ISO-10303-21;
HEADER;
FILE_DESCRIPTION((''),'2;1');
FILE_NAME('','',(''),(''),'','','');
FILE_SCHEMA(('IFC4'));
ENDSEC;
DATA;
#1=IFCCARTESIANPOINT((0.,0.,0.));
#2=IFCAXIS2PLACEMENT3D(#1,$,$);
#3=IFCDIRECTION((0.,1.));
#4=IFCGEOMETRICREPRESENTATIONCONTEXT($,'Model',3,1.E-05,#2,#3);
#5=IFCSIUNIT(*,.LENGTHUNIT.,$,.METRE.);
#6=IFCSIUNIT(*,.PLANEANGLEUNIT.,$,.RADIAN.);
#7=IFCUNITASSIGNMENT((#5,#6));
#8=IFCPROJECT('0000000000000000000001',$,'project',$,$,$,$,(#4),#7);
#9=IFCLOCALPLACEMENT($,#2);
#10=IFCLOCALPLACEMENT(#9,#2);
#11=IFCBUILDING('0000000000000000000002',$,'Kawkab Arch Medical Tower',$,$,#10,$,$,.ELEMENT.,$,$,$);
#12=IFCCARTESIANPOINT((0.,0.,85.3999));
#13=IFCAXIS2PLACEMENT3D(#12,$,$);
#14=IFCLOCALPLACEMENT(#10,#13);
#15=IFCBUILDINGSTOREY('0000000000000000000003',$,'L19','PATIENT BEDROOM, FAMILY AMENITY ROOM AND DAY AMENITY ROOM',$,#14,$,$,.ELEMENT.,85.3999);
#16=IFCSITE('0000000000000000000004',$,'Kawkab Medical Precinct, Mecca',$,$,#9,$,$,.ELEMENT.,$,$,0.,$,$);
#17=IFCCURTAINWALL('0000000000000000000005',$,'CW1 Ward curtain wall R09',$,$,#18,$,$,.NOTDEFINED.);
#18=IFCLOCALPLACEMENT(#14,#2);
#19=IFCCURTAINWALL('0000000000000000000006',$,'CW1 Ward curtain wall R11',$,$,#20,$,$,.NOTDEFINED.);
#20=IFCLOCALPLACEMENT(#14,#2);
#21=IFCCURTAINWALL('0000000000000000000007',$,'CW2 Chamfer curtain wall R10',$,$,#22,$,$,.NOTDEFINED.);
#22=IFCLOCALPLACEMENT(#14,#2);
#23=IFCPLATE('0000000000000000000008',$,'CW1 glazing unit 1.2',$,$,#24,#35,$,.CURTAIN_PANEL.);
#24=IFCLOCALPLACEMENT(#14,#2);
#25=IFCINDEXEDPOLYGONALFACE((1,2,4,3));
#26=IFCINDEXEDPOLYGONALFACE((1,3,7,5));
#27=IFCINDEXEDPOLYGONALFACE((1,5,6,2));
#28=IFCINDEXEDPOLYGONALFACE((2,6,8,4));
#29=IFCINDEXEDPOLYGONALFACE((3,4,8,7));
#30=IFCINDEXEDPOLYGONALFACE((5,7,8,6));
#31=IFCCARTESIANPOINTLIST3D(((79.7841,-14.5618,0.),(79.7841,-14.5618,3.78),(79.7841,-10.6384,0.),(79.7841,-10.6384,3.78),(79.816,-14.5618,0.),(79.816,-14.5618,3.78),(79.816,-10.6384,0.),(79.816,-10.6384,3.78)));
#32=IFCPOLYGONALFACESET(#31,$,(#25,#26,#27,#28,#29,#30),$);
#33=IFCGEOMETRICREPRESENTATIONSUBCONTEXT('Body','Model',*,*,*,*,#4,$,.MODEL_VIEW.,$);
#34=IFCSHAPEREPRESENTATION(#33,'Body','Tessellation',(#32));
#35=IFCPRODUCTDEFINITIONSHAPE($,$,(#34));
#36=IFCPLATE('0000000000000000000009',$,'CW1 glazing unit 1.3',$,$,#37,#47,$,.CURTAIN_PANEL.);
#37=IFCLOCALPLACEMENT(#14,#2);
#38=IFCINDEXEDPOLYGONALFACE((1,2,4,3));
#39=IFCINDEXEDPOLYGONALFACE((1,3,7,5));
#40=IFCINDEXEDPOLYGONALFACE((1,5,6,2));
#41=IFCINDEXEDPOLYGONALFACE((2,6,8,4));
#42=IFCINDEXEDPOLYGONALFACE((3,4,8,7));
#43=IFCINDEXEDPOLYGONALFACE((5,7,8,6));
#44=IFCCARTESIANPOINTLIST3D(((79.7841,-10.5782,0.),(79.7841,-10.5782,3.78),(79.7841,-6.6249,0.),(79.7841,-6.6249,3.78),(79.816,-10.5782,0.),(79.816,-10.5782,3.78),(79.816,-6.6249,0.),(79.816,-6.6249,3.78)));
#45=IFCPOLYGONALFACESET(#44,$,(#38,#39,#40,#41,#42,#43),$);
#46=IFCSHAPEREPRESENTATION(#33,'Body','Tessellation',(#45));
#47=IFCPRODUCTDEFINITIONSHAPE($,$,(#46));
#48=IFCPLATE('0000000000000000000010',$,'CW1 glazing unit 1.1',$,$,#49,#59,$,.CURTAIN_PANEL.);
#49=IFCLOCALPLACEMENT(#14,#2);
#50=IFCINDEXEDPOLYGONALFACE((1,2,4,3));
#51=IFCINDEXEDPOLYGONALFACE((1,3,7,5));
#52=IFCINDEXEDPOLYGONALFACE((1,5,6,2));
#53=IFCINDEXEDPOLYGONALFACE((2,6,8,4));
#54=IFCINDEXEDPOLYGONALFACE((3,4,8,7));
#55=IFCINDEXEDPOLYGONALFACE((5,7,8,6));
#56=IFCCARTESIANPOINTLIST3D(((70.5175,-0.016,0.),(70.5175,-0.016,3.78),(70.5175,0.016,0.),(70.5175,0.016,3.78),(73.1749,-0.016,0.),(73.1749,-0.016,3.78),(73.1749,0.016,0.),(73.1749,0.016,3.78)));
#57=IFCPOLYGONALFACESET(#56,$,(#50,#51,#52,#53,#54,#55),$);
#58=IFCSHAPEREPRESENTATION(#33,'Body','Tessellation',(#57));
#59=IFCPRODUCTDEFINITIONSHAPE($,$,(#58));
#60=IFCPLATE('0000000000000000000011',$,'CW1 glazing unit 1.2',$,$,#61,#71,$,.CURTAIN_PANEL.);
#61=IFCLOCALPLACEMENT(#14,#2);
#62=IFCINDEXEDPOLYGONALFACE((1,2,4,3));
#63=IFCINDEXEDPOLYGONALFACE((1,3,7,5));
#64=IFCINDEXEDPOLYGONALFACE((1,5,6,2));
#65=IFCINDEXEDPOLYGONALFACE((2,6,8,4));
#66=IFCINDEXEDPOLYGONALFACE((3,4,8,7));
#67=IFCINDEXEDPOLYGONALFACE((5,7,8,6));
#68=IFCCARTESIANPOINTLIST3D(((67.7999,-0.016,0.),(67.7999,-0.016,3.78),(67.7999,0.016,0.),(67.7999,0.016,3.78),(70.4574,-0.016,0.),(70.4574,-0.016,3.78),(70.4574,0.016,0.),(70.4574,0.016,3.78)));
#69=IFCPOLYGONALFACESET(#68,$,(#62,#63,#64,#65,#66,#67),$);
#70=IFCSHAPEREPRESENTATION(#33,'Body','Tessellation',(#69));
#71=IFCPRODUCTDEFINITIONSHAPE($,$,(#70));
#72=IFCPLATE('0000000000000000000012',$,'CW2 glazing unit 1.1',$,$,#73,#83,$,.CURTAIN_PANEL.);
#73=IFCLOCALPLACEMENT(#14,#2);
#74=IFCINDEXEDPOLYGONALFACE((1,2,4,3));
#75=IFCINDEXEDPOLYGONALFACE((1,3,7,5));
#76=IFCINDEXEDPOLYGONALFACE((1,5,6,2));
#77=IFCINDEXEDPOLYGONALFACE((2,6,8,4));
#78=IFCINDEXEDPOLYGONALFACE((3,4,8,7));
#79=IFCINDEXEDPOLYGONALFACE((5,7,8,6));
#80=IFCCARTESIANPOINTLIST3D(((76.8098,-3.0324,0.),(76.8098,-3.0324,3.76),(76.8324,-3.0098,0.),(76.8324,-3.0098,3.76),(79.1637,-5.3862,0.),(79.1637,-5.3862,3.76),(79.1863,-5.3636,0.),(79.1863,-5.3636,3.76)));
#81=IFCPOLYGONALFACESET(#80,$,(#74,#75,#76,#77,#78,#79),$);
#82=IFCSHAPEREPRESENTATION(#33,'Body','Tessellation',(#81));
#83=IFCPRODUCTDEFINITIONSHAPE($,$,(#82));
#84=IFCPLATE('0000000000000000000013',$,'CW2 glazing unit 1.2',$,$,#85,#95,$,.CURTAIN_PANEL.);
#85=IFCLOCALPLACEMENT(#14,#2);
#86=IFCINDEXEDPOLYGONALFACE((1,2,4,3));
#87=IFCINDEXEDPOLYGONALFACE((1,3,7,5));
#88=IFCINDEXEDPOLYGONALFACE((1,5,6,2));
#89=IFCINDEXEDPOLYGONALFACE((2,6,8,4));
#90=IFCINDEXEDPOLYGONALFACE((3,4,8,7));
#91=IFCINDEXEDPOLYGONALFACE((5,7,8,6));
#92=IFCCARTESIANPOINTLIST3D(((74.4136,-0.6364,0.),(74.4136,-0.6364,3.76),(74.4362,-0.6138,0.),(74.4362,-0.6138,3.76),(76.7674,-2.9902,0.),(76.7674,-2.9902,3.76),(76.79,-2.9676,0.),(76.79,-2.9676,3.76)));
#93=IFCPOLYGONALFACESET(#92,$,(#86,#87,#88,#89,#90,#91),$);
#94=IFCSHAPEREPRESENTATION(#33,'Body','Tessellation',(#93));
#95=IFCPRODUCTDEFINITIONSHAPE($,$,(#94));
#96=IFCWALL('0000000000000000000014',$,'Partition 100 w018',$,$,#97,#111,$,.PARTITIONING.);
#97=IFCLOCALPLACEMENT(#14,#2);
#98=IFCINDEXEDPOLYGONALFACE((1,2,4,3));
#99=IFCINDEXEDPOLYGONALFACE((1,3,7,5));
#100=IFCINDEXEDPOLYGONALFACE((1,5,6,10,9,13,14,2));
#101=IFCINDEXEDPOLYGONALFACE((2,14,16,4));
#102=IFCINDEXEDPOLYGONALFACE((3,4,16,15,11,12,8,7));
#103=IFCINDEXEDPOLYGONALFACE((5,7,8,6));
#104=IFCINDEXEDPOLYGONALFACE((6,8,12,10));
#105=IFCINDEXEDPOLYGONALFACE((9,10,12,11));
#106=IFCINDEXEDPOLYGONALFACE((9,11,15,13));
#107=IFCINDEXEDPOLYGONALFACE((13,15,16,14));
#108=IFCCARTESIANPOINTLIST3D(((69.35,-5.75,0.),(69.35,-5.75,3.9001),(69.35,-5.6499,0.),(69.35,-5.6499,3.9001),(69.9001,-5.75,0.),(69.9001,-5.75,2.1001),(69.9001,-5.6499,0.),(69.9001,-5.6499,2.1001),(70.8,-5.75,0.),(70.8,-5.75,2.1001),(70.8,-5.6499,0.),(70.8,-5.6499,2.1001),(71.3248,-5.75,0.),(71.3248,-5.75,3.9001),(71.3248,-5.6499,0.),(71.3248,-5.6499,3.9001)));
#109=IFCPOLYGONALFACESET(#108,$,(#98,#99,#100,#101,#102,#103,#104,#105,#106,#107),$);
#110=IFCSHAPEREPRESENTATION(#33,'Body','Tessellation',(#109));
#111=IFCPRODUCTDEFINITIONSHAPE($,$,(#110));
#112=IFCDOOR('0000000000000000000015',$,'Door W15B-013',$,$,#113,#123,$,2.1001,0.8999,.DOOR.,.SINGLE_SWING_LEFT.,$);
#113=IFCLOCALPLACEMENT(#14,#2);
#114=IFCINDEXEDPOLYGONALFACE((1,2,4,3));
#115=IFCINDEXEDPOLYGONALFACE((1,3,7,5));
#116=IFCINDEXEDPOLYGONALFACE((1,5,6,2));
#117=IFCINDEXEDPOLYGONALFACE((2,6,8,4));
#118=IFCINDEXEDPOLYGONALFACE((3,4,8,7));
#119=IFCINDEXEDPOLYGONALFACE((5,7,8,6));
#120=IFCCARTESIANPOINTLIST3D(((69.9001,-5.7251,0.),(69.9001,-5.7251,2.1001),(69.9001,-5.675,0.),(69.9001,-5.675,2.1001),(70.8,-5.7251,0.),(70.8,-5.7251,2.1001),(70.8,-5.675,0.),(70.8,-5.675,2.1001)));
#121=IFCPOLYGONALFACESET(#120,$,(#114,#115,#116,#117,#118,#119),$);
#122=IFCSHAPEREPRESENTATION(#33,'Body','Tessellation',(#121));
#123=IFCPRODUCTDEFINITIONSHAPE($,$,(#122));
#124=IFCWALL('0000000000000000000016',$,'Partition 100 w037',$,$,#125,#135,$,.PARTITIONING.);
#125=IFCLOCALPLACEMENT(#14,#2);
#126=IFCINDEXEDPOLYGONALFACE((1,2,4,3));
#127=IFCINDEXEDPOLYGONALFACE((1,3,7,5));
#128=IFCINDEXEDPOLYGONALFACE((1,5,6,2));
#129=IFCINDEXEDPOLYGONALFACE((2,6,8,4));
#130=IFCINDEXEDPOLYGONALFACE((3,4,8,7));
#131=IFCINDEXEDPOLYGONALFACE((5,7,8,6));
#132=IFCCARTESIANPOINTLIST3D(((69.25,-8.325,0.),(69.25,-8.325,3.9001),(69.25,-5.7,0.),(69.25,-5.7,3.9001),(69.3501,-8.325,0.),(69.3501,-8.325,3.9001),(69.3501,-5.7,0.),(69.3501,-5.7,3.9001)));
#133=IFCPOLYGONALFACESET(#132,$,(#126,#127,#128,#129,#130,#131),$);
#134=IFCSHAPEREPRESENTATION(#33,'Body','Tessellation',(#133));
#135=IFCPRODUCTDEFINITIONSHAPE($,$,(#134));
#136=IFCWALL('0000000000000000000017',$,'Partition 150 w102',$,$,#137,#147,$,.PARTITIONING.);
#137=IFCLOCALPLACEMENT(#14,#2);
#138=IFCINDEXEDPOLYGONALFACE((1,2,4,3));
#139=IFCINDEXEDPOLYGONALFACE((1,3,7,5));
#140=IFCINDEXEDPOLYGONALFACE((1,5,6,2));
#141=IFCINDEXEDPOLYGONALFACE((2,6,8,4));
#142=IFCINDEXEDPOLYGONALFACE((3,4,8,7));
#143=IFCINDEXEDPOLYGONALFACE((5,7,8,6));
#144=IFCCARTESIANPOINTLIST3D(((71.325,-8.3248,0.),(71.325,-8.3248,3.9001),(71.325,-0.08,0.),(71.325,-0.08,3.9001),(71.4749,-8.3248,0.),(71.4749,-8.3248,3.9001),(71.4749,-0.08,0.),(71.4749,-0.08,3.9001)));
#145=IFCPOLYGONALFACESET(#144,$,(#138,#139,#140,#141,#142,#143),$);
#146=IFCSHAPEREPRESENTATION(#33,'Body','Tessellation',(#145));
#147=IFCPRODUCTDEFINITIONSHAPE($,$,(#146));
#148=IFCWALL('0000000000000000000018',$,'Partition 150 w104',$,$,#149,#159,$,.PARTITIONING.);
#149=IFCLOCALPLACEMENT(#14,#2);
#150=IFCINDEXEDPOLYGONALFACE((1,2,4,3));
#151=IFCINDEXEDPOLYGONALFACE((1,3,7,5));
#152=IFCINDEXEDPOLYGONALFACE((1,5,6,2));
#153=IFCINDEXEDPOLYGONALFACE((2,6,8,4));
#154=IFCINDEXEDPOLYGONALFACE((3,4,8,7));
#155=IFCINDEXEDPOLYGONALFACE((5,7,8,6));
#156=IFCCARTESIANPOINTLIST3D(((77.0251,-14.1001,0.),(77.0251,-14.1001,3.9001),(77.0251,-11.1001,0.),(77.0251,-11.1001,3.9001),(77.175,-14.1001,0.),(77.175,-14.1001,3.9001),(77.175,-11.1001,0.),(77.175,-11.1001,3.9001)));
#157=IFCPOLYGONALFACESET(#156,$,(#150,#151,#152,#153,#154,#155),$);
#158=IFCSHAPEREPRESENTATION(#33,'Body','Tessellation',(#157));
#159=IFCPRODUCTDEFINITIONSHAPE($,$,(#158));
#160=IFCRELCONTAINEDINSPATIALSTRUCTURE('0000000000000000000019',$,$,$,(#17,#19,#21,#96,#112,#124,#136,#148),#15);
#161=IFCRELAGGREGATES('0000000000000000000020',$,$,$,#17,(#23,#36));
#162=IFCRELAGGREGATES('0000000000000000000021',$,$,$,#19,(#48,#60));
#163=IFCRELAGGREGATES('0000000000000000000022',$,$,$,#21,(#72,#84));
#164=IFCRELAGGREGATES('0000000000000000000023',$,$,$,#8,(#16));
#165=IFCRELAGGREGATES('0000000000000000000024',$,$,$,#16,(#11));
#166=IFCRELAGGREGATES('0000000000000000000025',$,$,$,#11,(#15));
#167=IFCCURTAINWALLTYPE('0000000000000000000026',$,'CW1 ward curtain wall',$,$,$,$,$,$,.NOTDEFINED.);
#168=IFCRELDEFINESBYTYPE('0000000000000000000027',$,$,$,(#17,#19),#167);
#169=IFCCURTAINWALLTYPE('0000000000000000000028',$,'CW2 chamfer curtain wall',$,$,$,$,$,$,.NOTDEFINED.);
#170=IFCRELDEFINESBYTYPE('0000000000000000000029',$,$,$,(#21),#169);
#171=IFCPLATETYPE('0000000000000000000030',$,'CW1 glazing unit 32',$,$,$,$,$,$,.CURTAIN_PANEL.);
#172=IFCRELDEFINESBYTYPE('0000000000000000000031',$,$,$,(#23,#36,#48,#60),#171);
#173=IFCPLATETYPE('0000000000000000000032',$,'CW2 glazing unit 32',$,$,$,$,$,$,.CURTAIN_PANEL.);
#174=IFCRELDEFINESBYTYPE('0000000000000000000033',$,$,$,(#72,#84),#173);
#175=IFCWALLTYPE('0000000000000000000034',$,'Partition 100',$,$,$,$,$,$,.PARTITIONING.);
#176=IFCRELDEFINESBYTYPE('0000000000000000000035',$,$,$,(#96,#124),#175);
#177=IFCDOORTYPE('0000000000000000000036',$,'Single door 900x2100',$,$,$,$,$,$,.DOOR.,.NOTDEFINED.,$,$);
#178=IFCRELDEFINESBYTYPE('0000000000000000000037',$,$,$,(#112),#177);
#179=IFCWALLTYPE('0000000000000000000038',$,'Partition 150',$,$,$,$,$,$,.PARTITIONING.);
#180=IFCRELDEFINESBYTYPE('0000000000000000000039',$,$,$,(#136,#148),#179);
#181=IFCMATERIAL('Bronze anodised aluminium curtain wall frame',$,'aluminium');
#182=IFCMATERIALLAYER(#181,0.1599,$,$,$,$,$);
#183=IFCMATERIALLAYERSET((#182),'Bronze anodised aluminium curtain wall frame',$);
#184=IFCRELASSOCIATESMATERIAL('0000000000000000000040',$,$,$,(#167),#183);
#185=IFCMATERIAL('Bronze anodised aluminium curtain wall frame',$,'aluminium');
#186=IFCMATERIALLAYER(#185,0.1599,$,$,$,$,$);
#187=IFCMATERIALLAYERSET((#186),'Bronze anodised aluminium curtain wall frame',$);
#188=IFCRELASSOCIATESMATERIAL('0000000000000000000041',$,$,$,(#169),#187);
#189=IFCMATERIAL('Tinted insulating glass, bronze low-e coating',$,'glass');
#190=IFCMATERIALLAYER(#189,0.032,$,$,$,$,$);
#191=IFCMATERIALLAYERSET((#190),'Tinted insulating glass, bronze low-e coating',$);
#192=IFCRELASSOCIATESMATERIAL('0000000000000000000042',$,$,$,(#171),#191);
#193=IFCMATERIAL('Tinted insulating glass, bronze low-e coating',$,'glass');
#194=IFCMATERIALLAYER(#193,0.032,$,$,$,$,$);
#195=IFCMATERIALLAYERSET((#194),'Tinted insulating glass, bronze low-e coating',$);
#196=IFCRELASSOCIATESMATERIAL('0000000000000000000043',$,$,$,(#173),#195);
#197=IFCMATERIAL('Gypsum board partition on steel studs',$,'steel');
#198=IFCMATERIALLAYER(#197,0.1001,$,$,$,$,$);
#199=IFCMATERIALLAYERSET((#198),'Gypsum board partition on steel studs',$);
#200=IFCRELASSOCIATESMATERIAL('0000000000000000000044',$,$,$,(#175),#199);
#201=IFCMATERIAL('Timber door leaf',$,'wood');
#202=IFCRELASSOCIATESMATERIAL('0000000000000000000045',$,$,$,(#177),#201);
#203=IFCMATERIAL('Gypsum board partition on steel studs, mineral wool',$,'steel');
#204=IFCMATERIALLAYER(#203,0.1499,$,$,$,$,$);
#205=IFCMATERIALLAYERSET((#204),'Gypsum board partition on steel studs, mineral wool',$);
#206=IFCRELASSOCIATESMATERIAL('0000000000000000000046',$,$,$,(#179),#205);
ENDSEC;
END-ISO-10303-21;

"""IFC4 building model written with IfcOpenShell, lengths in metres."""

from ifc_helpers import new_model, si_unit, direction, frame, frame_2d, origin, origin_2d, place, context, subcontext, project, spatial, rectangle, extrude, material, layer, layer_set, type_object, element, fill, aggregate, save


model = new_model("IFC4")

# Units and contexts
model_context = context("Model", 3, precision=1e-05, world=origin(), true_north=direction((0.0, 1.0)))
body_context = subcontext(model_context, "Body", "Model", "MODEL_VIEW")
ifc_project = project(units=[si_unit("LENGTHUNIT", "METRE"), si_unit("PLANEANGLEUNIT", "RADIAN")], contexts=[model_context])

# Site, building, storey
site_placement = place(None, origin())
site = spatial("IfcSite", under=ifc_project, at=site_placement, Name="Kawkab Medical Precinct, Mecca", CompositionType="ELEMENT", RefElevation=0.0)
building_placement = place(site_placement, origin())
building = spatial("IfcBuilding", under=site, at=building_placement, Name="Kawkab Arch Medical Tower", CompositionType="ELEMENT")
storey_placement = place(building_placement, frame((0.0, 0.0, 85.3999)))
storey = spatial("IfcBuildingStorey", under=building, at=storey_placement, Name="L19", Description="PATIENT BEDROOM, FAMILY AMENITY ROOM AND DAY AMENITY ROOM", CompositionType="ELEMENT", Elevation=85.3999)

# Curtain walls
ifc_material_1 = material(Name="Bronze anodised aluminium curtain wall frame", Category="aluminium")
ifc_layer_1 = layer(ifc_material_1, 0.1599)
ifc_layer_set_1 = layer_set([ifc_layer_1], Name="Bronze anodised aluminium curtain wall frame")
curtain_wall_type_1 = type_object("IfcCurtainWallType", Name="CW1 ward curtain wall", PredefinedType="NOTDEFINED", material=ifc_layer_set_1)
placement = place(storey_placement, origin())
curtain_wall_1 = element("IfcCurtainWall", 1, at=placement, inside=storey, type_object=curtain_wall_type_1, Name="CW1 Ward curtain wall R09", PredefinedType="NOTDEFINED")
curtain_wall_2 = element("IfcCurtainWall", 2, at=placement, inside=storey, type_object=curtain_wall_type_1, Name="CW1 Ward curtain wall R11", PredefinedType="NOTDEFINED")
ifc_material_2 = material(Name="Bronze anodised aluminium curtain wall frame", Category="aluminium")
ifc_layer_2 = layer(ifc_material_2, 0.1599)
ifc_layer_set_2 = layer_set([ifc_layer_2], Name="Bronze anodised aluminium curtain wall frame")
curtain_wall_type_2 = type_object("IfcCurtainWallType", Name="CW2 chamfer curtain wall", PredefinedType="NOTDEFINED", material=ifc_layer_set_2)
curtain_wall_3 = element("IfcCurtainWall", 3, at=placement, inside=storey, type_object=curtain_wall_type_2, Name="CW2 Chamfer curtain wall R10", PredefinedType="NOTDEFINED")

# Plates
ifc_material_3 = material(Name="Tinted insulating glass, bronze low-e coating", Category="glass")
ifc_layer_3 = layer(ifc_material_3, 0.032)
ifc_layer_set_3 = layer_set([ifc_layer_3], Name="Tinted insulating glass, bronze low-e coating")
plate_type_1 = type_object("IfcPlateType", Name="CW1 glazing unit 32", PredefinedType="CURTAIN_PANEL", material=ifc_layer_set_3)
plate_1_placement = place(storey_placement, frame((79.8, -12.6001, 0.0), z_axis=(0.0, 0.0, 1.0), x_axis=(0.0, 1.0, 0.0)))
plate_1 = element("IfcPlate", 4, at=plate_1_placement, type_object=plate_type_1, Name="CW1 glazing unit 1.2", PredefinedType="CURTAIN_PANEL", context=body_context, shape_type="SweptSolid", body=[
    extrude(rectangle(XDim=3.9233, YDim=0.032, at=origin_2d()), origin(), (0.0, 0.0, 1.0), 3.78),
])
plate_2_placement = place(storey_placement, frame((79.8, -8.6016, 0.0), z_axis=(0.0, 0.0, 1.0), x_axis=(0.0, 1.0, 0.0)))
plate_2 = element("IfcPlate", 5, at=plate_2_placement, type_object=plate_type_1, Name="CW1 glazing unit 1.3", PredefinedType="CURTAIN_PANEL", context=body_context, shape_type="SweptSolid", body=[
    extrude(rectangle(XDim=3.9534, YDim=0.032, at=origin_2d()), origin(), (0.0, 0.0, 1.0), 3.78),
])
aggregate(curtain_wall_1, [plate_1, plate_2])
plate_3_placement = place(storey_placement, frame((71.8462, 0.0, 0.0), z_axis=(0.0, 0.0, 1.0), x_axis=(-1.0, 0.0, 0.0)))
plate_3 = element("IfcPlate", 6, at=plate_3_placement, type_object=plate_type_1, Name="CW1 glazing unit 1.1", PredefinedType="CURTAIN_PANEL", context=body_context, shape_type="SweptSolid", body=[
    extrude(rectangle(XDim=2.6575, YDim=0.032, at=origin_2d()), origin(), (0.0, 0.0, 1.0), 3.78),
])
plate_4_placement = place(storey_placement, frame((69.1287, 0.0, 0.0), z_axis=(0.0, 0.0, 1.0), x_axis=(-1.0, 0.0, 0.0)))
plate_4 = element("IfcPlate", 7, at=plate_4_placement, type_object=plate_type_1, Name="CW1 glazing unit 1.2", PredefinedType="CURTAIN_PANEL", context=body_context, shape_type="SweptSolid", body=[
    extrude(rectangle(XDim=2.6575, YDim=0.032, at=origin_2d()), origin(), (0.0, 0.0, 1.0), 3.78),
])
aggregate(curtain_wall_2, [plate_3, plate_4])
ifc_material_4 = material(Name="Tinted insulating glass, bronze low-e coating", Category="glass")
ifc_layer_4 = layer(ifc_material_4, 0.032)
ifc_layer_set_4 = layer_set([ifc_layer_4], Name="Tinted insulating glass, bronze low-e coating")
plate_type_2 = type_object("IfcPlateType", Name="CW2 glazing unit 32", PredefinedType="CURTAIN_PANEL", material=ifc_layer_set_4)
plate_5_placement = place(storey_placement, frame((77.998, -4.198, 0.0), z_axis=(0.0, 0.0, 1.0), x_axis=(-0.707107, 0.707107, 0.0)))
plate_5 = element("IfcPlate", 8, at=plate_5_placement, type_object=plate_type_2, Name="CW2 glazing unit 1.1", PredefinedType="CURTAIN_PANEL", context=body_context, shape_type="SweptSolid", body=[
    extrude(rectangle(XDim=3.3289, YDim=0.032, at=origin_2d()), origin(), (0.0, 0.0, 1.0), 3.76),
])
plate_6_placement = place(storey_placement, frame((75.6018, -1.802, 0.0), z_axis=(0.0, 0.0, 1.0), x_axis=(-0.707107, 0.707107, 0.0)))
plate_6 = element("IfcPlate", 9, at=plate_6_placement, type_object=plate_type_2, Name="CW2 glazing unit 1.2", PredefinedType="CURTAIN_PANEL", context=body_context, shape_type="SweptSolid", body=[
    extrude(rectangle(XDim=3.3289, YDim=0.032, at=origin_2d()), origin(), (0.0, 0.0, 1.0), 3.76),
])
aggregate(curtain_wall_3, [plate_5, plate_6])

# Wall, opening, door
ifc_material_5 = material(Name="Gypsum board partition on steel studs", Category="steel")
ifc_layer_5 = layer(ifc_material_5, 0.1001)
ifc_layer_set_5 = layer_set([ifc_layer_5], Name="Gypsum board partition on steel studs")
wall_type_1 = type_object("IfcWallType", Name="Partition 100", PredefinedType="PARTITIONING", material=ifc_layer_set_5)
wall_1_placement = place(storey_placement, frame((69.3501, -5.7, 0.0), z_axis=(0.0, 0.0, 1.0), x_axis=(1.0, 0.0, 0.0)))
wall_1 = element("IfcWall", 10, at=wall_1_placement, inside=storey, type_object=wall_type_1, Name="Partition 100 w018", PredefinedType="PARTITIONING", context=body_context, shape_type="SweptSolid", body=[
    extrude(rectangle(XDim=1.9749, YDim=0.1001, at=frame_2d((0.9873, 0.0))), origin(), (0.0, 0.0, 1.0), 3.9001),
])
opening_placement = place(wall_1_placement, frame((0.55, 0.0, 0.0)))
opening = element("IfcOpeningElement", 11, at=opening_placement, cuts=wall_1, PredefinedType="OPENING", context=body_context, shape_type="SweptSolid", body=[
    extrude(rectangle(XDim=0.8999, YDim=2.1001, at=frame_2d((0.45, 1.05))), frame((0.0, 0.0601, 0.0), z_axis=(0.0, -1.0, 0.0), x_axis=(1.0, 0.0, 0.0)), (0.0, 0.0, 1.0), 0.1201),
])
ifc_material_6 = material(Name="Timber door leaf", Category="wood")
door_type = type_object("IfcDoorType", Name="Single door 900x2100", OperationType="NOTDEFINED", PredefinedType="DOOR", material=ifc_material_6)
door_placement = place(opening_placement, origin())
door = element("IfcDoor", 12, at=door_placement, inside=storey, type_object=door_type, Name="Door W15B-013", OperationType="SINGLE_SWING_LEFT", OverallHeight=2.1001, OverallWidth=0.8999, PredefinedType="DOOR", context=body_context, shape_type="SweptSolid", body=[
    extrude(rectangle(XDim=0.8999, YDim=2.1001, at=frame_2d((0.45, 1.05))), frame((0.0, 0.0249, 0.0), z_axis=(0.0, -1.0, 0.0), x_axis=(1.0, 0.0, 0.0)), (0.0, 0.0, 1.0), 0.05),
])
fill(opening, door)

# Walls
wall_2_placement = place(storey_placement, frame((69.3, -8.325, 0.0), z_axis=(0.0, 0.0, 1.0), x_axis=(0.0, 1.0, 0.0)))
element("IfcWall", 13, at=wall_2_placement, inside=storey, type_object=wall_type_1, Name="Partition 100 w037", PredefinedType="PARTITIONING", context=body_context, shape_type="SweptSolid", body=[
    extrude(rectangle(XDim=2.625, YDim=0.1001, at=frame_2d((1.3125, 0.0))), origin(), (0.0, 0.0, 1.0), 3.9001),
])
ifc_material_7 = material(Name="Gypsum board partition on steel studs, mineral wool", Category="steel")
ifc_layer_6 = layer(ifc_material_7, 0.1499)
ifc_layer_set_6 = layer_set([ifc_layer_6], Name="Gypsum board partition on steel studs, mineral wool")
wall_type_2 = type_object("IfcWallType", Name="Partition 150", PredefinedType="PARTITIONING", material=ifc_layer_set_6)
wall_3_placement = place(storey_placement, frame((71.3999, -8.325, 0.0), z_axis=(0.0, 0.0, 1.0), x_axis=(0.0, 1.0, 0.0)))
element("IfcWall", 14, at=wall_3_placement, inside=storey, type_object=wall_type_2, Name="Partition 150 w102", PredefinedType="PARTITIONING", context=body_context, shape_type="SweptSolid", body=[
    extrude(rectangle(XDim=8.2449, YDim=0.1499, at=frame_2d((4.1226, 0.0))), origin(), (0.0, 0.0, 1.0), 3.9001),
])
wall_4_placement = place(storey_placement, frame((77.1001, -14.1001, 0.0), z_axis=(0.0, 0.0, 1.0), x_axis=(0.0, 1.0, 0.0)))
element("IfcWall", 15, at=wall_4_placement, inside=storey, type_object=wall_type_2, Name="Partition 150 w104", PredefinedType="PARTITIONING", context=body_context, shape_type="SweptSolid", body=[
    extrude(rectangle(XDim=3.0, YDim=0.1499, at=frame_2d((1.5, 0.0))), origin(), (0.0, 0.0, 1.0), 3.9001),
])

save(model, "model.ifc")
